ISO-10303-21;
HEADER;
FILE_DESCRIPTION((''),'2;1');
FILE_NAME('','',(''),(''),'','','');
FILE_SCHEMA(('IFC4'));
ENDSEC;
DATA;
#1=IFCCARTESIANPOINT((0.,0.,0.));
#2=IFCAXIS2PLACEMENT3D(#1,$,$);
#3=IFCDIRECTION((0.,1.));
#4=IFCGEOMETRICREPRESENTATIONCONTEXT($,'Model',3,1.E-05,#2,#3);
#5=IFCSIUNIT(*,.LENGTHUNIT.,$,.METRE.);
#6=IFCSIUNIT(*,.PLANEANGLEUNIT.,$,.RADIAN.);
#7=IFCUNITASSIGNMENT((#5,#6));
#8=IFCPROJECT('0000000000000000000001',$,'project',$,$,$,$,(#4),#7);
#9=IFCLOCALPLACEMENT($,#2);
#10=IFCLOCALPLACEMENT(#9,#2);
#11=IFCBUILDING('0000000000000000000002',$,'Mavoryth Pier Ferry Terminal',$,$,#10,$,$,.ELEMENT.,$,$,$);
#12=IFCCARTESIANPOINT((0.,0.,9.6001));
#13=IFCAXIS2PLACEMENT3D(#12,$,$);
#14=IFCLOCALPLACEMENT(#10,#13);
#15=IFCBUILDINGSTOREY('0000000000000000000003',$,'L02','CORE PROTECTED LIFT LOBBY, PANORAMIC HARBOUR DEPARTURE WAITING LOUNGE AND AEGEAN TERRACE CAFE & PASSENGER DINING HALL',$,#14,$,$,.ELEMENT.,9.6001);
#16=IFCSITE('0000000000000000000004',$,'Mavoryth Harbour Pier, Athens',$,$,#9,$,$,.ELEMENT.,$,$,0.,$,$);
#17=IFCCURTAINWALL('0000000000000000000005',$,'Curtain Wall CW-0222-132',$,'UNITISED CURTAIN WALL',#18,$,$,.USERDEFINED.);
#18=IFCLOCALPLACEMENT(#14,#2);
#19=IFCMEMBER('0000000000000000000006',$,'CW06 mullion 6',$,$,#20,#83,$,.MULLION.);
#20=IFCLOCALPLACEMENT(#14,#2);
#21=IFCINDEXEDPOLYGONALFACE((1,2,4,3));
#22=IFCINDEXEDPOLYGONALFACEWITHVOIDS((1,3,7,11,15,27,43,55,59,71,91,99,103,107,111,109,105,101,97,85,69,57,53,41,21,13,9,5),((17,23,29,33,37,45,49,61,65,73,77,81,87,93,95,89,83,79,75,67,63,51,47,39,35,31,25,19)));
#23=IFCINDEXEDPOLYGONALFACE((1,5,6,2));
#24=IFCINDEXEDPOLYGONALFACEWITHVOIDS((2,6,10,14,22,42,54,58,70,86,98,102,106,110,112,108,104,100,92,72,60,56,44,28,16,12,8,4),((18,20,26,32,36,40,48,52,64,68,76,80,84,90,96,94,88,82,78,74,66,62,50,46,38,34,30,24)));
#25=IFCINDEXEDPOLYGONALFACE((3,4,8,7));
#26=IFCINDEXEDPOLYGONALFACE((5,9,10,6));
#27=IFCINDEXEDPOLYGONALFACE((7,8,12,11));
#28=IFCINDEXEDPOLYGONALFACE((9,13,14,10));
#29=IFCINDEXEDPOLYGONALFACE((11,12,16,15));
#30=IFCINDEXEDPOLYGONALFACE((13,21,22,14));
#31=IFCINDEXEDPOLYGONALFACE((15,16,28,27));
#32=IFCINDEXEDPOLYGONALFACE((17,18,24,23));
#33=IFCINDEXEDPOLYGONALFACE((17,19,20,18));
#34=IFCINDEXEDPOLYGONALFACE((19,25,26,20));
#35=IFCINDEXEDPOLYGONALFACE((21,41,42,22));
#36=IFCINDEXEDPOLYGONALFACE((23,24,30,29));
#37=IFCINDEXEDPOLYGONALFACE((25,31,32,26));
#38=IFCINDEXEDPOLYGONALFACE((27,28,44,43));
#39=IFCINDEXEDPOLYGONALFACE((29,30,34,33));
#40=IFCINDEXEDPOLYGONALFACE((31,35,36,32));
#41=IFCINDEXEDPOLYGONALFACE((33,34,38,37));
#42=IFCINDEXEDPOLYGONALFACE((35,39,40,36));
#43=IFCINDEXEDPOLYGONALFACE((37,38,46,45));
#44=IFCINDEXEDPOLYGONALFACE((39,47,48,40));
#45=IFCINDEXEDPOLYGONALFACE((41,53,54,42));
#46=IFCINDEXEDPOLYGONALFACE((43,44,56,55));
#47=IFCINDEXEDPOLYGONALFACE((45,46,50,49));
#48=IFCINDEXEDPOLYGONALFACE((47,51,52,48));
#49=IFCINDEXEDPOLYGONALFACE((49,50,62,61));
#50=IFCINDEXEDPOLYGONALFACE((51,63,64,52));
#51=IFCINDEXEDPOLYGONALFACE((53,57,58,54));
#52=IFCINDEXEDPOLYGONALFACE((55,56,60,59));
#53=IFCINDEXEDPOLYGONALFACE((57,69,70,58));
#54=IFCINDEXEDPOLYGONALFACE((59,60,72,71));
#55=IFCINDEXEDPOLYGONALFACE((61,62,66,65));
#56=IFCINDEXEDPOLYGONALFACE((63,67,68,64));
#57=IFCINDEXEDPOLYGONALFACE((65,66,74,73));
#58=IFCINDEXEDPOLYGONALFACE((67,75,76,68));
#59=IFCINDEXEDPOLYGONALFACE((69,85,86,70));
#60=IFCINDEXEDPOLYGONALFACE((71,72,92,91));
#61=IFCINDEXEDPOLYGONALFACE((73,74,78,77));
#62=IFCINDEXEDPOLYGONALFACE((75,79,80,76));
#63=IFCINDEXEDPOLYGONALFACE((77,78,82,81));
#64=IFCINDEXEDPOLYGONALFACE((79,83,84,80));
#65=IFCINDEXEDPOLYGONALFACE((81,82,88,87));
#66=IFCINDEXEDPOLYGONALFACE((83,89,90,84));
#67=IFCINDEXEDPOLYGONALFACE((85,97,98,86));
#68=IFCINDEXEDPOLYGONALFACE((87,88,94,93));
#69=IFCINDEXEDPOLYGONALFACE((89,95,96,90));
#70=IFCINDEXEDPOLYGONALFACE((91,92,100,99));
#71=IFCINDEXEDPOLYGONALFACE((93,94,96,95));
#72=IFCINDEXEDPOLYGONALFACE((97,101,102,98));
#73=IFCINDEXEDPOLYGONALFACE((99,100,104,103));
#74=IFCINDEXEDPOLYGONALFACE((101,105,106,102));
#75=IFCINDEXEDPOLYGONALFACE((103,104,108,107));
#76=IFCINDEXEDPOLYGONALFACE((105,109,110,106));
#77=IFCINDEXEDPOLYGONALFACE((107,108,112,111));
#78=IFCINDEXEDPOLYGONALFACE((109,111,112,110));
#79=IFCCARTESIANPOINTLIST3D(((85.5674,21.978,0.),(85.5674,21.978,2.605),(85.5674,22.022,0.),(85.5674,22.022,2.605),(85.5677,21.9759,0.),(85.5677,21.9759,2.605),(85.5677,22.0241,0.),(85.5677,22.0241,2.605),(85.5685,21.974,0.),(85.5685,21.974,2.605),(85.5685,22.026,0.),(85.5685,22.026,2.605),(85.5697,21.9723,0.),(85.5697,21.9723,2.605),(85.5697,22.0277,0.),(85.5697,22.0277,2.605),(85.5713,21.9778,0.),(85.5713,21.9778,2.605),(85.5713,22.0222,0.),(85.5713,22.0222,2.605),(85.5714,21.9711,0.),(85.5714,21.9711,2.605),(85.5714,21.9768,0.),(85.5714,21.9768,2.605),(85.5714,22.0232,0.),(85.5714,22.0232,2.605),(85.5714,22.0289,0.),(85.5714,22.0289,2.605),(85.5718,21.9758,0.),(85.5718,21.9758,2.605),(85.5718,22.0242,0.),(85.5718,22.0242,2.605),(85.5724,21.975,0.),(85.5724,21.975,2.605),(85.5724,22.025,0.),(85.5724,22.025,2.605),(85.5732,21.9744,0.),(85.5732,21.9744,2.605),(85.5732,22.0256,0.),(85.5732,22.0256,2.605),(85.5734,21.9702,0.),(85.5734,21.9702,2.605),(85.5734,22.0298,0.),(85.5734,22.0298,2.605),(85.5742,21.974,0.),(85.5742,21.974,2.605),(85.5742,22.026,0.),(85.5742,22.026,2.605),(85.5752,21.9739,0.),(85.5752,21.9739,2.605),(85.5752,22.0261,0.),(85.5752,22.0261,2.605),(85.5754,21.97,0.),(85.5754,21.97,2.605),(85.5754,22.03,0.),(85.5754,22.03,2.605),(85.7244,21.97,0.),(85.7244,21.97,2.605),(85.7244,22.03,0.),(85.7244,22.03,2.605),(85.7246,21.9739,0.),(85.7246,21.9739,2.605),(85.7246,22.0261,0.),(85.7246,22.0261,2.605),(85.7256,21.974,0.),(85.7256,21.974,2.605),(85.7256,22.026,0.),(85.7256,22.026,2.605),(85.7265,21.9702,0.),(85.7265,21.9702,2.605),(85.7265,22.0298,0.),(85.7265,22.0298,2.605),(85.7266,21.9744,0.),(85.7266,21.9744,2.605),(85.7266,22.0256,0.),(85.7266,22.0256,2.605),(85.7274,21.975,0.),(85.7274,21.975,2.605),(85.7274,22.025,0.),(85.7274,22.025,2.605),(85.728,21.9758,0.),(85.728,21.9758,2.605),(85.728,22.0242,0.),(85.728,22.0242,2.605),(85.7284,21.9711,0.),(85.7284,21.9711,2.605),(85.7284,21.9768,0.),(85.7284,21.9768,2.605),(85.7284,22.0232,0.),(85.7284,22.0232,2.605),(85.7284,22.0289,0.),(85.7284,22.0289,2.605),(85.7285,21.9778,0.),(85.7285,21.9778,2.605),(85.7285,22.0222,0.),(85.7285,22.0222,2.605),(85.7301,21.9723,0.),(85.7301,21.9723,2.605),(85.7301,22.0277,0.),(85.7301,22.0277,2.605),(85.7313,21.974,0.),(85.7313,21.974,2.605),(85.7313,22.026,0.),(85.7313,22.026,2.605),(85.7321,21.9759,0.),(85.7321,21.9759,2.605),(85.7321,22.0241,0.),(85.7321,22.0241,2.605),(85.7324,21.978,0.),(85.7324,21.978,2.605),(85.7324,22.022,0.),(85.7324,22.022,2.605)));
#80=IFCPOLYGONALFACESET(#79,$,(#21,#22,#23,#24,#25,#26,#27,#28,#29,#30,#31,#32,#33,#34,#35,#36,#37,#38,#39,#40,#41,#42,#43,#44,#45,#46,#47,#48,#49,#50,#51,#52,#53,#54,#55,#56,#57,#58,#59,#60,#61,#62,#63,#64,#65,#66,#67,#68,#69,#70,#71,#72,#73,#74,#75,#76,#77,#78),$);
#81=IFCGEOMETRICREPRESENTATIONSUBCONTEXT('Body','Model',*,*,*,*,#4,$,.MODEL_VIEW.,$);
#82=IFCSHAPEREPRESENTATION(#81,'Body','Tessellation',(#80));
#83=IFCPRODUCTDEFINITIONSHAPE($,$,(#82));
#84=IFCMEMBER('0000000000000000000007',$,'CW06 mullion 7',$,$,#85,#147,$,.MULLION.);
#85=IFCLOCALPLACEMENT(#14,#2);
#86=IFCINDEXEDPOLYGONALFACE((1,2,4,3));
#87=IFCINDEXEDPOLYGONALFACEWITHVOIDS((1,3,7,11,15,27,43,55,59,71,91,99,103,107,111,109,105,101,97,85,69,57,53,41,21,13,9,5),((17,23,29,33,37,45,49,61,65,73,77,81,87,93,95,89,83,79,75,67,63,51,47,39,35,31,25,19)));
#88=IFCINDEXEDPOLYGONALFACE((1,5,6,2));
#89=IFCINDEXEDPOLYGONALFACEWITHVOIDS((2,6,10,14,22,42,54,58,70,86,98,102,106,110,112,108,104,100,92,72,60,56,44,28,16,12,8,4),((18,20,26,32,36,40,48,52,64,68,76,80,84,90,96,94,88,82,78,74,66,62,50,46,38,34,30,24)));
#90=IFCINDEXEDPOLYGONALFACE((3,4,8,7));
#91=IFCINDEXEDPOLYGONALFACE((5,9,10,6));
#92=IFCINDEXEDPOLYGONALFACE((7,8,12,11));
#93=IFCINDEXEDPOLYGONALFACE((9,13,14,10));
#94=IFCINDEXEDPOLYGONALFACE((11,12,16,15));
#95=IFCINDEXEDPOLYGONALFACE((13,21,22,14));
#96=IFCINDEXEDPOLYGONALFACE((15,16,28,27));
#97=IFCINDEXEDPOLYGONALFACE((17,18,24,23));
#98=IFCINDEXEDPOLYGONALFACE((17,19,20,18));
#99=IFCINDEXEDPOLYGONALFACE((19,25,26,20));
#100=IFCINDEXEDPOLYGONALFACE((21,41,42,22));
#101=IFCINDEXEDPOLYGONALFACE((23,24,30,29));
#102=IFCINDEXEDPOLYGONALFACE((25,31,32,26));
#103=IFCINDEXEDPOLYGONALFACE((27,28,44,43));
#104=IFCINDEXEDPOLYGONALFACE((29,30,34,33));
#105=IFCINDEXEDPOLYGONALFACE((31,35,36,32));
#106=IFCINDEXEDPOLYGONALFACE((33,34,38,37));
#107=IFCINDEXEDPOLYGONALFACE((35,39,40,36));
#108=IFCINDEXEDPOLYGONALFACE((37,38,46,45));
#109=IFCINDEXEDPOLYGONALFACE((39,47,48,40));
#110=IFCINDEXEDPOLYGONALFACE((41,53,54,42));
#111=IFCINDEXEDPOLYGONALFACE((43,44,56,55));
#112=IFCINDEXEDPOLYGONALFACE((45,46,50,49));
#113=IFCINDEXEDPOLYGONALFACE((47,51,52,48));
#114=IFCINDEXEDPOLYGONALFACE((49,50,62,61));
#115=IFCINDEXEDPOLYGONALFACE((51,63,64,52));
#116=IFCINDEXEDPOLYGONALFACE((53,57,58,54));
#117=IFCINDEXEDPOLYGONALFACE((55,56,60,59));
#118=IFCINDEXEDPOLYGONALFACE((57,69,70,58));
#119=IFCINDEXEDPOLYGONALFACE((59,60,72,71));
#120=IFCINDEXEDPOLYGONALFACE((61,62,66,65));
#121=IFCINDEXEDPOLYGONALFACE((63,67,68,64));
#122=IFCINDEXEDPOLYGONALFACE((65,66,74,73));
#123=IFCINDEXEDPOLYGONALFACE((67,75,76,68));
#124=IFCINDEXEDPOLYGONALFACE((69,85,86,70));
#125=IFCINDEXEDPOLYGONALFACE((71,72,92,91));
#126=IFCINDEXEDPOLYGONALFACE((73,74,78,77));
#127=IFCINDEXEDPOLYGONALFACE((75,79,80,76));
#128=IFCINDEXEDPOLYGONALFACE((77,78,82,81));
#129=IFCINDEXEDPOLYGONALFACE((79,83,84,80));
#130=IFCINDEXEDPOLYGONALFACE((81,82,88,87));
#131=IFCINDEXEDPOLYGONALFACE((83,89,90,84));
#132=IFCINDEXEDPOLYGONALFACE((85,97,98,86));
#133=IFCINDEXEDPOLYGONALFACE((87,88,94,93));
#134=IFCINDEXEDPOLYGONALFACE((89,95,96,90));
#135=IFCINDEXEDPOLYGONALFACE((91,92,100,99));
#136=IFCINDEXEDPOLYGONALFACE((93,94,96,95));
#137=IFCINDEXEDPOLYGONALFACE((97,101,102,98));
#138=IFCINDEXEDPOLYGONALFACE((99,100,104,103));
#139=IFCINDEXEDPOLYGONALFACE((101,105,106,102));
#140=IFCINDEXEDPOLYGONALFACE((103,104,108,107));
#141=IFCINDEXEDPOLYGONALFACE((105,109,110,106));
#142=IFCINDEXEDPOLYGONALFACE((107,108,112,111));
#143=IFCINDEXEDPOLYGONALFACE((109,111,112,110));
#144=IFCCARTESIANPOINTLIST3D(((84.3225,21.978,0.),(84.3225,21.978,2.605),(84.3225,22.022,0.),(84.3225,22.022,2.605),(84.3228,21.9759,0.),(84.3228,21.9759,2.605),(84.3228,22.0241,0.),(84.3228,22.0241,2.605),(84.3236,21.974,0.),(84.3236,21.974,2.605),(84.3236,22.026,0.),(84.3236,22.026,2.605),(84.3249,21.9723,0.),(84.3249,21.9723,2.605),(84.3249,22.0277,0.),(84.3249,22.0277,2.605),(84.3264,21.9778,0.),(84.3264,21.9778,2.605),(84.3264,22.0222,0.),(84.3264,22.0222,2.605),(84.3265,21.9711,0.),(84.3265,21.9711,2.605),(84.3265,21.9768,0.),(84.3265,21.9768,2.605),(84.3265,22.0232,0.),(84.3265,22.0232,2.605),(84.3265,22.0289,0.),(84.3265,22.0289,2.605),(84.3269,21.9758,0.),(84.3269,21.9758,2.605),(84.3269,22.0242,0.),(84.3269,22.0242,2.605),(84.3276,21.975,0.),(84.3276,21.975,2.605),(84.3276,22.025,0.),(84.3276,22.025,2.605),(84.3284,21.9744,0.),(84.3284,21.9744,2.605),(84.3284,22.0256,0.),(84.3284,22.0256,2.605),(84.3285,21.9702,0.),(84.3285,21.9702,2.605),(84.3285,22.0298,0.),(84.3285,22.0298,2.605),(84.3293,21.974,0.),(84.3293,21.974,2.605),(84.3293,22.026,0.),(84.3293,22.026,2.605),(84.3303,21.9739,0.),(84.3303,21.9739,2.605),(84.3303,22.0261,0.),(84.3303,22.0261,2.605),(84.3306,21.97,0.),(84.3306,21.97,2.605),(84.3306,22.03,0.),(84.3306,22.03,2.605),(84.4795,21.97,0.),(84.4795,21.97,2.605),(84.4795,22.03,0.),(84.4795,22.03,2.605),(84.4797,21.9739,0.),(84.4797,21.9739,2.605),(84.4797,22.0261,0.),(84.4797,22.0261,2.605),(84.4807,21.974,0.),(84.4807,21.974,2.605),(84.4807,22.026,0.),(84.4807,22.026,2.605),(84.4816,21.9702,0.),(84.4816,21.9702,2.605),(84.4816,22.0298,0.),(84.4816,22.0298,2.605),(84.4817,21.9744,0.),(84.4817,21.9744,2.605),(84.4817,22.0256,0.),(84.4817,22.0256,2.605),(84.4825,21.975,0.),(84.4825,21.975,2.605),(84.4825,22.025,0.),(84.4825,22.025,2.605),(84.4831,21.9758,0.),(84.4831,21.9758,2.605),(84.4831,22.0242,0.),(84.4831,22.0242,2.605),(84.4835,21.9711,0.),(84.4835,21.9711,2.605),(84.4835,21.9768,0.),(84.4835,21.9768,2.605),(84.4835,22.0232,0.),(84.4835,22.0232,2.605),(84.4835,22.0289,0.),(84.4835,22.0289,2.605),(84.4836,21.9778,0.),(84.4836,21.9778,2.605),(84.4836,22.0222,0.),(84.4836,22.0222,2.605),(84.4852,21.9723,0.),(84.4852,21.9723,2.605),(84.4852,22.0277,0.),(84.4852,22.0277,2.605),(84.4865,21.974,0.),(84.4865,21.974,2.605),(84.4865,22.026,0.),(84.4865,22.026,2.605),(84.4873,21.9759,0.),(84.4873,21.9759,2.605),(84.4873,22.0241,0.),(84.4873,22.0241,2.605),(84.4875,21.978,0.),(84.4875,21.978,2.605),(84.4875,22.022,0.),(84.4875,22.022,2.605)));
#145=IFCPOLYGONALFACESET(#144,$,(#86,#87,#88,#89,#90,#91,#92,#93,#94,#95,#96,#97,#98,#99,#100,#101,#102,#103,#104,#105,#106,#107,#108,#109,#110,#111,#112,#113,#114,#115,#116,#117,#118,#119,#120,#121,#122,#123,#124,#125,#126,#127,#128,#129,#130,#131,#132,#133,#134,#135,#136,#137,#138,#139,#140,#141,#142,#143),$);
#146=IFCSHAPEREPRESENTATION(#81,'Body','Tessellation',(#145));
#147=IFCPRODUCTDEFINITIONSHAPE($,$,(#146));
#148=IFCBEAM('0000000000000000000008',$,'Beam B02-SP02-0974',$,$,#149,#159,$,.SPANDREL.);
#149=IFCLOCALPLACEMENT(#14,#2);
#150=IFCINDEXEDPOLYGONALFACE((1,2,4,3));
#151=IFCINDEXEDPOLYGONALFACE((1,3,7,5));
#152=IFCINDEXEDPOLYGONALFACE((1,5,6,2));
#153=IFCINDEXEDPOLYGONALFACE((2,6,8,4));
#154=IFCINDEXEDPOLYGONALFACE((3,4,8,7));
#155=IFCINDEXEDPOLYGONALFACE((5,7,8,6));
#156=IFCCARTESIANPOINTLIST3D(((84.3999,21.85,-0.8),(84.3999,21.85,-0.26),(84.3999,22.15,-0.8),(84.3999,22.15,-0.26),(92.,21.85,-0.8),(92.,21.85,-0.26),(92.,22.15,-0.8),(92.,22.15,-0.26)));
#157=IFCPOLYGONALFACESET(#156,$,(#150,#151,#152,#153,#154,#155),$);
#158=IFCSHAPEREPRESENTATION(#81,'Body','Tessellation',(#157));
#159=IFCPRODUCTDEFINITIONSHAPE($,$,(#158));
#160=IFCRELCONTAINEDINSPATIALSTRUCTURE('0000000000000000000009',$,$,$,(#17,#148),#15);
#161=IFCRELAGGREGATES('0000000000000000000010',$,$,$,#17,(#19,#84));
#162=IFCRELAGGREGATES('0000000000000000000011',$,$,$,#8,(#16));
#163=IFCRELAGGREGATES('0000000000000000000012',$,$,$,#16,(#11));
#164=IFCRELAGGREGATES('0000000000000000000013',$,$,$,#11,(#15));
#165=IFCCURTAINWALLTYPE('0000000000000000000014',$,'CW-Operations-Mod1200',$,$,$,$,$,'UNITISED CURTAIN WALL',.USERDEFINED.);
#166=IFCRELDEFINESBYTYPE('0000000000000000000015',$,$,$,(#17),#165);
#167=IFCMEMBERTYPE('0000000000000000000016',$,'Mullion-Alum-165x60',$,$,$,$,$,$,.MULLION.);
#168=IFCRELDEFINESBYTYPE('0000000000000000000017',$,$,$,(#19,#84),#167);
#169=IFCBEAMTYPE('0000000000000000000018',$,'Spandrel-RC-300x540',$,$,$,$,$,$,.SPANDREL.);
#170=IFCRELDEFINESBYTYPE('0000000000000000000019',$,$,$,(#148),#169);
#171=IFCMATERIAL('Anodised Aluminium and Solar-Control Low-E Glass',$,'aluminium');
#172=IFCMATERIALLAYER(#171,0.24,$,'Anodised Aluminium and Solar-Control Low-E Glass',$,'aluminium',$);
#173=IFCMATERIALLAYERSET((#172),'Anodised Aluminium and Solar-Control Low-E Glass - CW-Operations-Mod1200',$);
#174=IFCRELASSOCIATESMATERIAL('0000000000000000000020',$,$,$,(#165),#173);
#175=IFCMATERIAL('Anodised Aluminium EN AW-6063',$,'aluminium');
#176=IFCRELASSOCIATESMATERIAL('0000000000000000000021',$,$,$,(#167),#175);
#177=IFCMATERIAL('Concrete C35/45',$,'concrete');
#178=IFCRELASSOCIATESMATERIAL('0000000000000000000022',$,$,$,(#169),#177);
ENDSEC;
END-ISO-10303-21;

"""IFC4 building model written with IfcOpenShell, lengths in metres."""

from ifc_helpers import new_model, si_unit, direction, frame, origin, origin_2d, place, context, subcontext, project, spatial, rectangle, hollow_rectangle, extrude, material, layer, layer_set, material_profile, profile_set, type_object, element, aggregate, save


model = new_model("IFC4")

# Units and contexts
model_context = context("Model", 3, precision=1e-05, world=origin(), true_north=direction((0.0, 1.0)))
body_context = subcontext(model_context, "Body", "Model", "MODEL_VIEW")
ifc_project = project(units=[si_unit("LENGTHUNIT", "METRE"), si_unit("PLANEANGLEUNIT", "RADIAN")], contexts=[model_context])

# Site, building, storey
site_placement = place(None, origin())
site = spatial("IfcSite", under=ifc_project, at=site_placement, Name="Mavoryth Harbour Pier, Athens", CompositionType="ELEMENT", RefElevation=0.0)
building_placement = place(site_placement, origin())
building = spatial("IfcBuilding", under=site, at=building_placement, Name="Mavoryth Pier Ferry Terminal", CompositionType="ELEMENT")
storey_placement = place(building_placement, frame((0.0, 0.0, 9.6001)))
storey = spatial("IfcBuildingStorey", under=building, at=storey_placement, Name="L02", Description="CORE PROTECTED LIFT LOBBY, PANORAMIC HARBOUR DEPARTURE WAITING LOUNGE AND AEGEAN TERRACE CAFE & PASSENGER DINING HALL", CompositionType="ELEMENT", Elevation=9.6001)

# Curtain wall, members
ifc_material_1 = material(Name="Anodised Aluminium and Solar-Control Low-E Glass", Category="aluminium")
ifc_layer_1 = layer(ifc_material_1, 0.24, Name="Anodised Aluminium and Solar-Control Low-E Glass", Category="aluminium")
ifc_layer_set_1 = layer_set([ifc_layer_1], Name="Anodised Aluminium and Solar-Control Low-E Glass - CW-Operations-Mod1200")
curtain_wall_type = type_object("IfcCurtainWallType", Name="CW-Operations-Mod1200", ElementType="UNITISED CURTAIN WALL", PredefinedType="USERDEFINED", material=ifc_layer_set_1)
curtain_wall_placement = place(storey_placement, origin())
curtain_wall = element("IfcCurtainWall", 1, at=curtain_wall_placement, inside=storey, type_object=curtain_wall_type, Name="Curtain Wall CW-0222-132", ObjectType="UNITISED CURTAIN WALL", PredefinedType="USERDEFINED")
ifc_material_2 = material(Name="Anodised Aluminium EN AW-6063", Category="aluminium")
ifc_material_profile_1 = material_profile(ifc_material_2, hollow_rectangle(XDim=0.0601, YDim=0.165, WallThickness=0.0039, InnerFilletRadius=0.0039, OuterFilletRadius=0.0081, at=origin_2d()), Name="AL-MULL 165x60x4", Category="aluminium")
ifc_profile_set_1 = profile_set([ifc_material_profile_1], Name="Anodised Aluminium EN AW-6063 - AL-MULL 165x60x4")
member_type_1 = type_object("IfcMemberType", Name="Mullion-Alum-165x60", PredefinedType="MULLION", material=ifc_profile_set_1)
member_1_placement = place(storey_placement, frame((85.6499, 22.0, 0.0), z_axis=(0.0, 0.0, 1.0), x_axis=(0.0, -1.0, 0.0)))
member_1 = element("IfcMember", 2, at=member_1_placement, type_object=member_type_1, Name="CW06 mullion 6", PredefinedType="MULLION", context=body_context, shape_type="SweptSolid", body=[
    extrude(hollow_rectangle(XDim=0.0601, YDim=0.165, WallThickness=0.0039, InnerFilletRadius=0.0039, OuterFilletRadius=0.0081, at=origin_2d()), origin(), (0.0, 0.0, 1.0), 2.605),
])
member_2_placement = place(storey_placement, frame((84.405, 22.0, 0.0), z_axis=(0.0, 0.0, 1.0), x_axis=(0.0, -1.0, 0.0)))
member_2 = element("IfcMember", 3, at=member_2_placement, type_object=member_type_1, Name="CW06 mullion 7", PredefinedType="MULLION", context=body_context, shape_type="SweptSolid", body=[
    extrude(hollow_rectangle(XDim=0.0601, YDim=0.165, WallThickness=0.0039, InnerFilletRadius=0.0039, OuterFilletRadius=0.0081, at=origin_2d()), origin(), (0.0, 0.0, 1.0), 2.605),
])

# Beam
ifc_material_3 = material(Name="Concrete C35/45", Category="concrete")
ifc_material_profile_2 = material_profile(ifc_material_3, rectangle(XDim=0.3, YDim=0.54, at=origin_2d()), Name="RC 300x540", Category="concrete")
ifc_profile_set_2 = profile_set([ifc_material_profile_2], Name="Concrete C35/45 - RC 300x540")
beam_type = type_object("IfcBeamType", Name="Spandrel-RC-300x540", PredefinedType="SPANDREL", material=ifc_profile_set_2)
beam_placement = place(storey_placement, frame((84.3999, 22.0, -0.53), z_axis=(1.0, 0.0, 0.0), x_axis=(0.0, 1.0, 0.0)))
element("IfcBeam", 4, at=beam_placement, inside=storey, type_object=beam_type, Name="Beam B02-SP02-0974", PredefinedType="SPANDREL", context=body_context, shape_type="SweptSolid", body=[
    extrude(rectangle(XDim=0.3, YDim=0.54, at=origin_2d()), origin(), (0.0, 0.0, 1.0), 7.6001),
])

aggregate(curtain_wall, [member_1, member_2])

save(model, "model.ifc")
